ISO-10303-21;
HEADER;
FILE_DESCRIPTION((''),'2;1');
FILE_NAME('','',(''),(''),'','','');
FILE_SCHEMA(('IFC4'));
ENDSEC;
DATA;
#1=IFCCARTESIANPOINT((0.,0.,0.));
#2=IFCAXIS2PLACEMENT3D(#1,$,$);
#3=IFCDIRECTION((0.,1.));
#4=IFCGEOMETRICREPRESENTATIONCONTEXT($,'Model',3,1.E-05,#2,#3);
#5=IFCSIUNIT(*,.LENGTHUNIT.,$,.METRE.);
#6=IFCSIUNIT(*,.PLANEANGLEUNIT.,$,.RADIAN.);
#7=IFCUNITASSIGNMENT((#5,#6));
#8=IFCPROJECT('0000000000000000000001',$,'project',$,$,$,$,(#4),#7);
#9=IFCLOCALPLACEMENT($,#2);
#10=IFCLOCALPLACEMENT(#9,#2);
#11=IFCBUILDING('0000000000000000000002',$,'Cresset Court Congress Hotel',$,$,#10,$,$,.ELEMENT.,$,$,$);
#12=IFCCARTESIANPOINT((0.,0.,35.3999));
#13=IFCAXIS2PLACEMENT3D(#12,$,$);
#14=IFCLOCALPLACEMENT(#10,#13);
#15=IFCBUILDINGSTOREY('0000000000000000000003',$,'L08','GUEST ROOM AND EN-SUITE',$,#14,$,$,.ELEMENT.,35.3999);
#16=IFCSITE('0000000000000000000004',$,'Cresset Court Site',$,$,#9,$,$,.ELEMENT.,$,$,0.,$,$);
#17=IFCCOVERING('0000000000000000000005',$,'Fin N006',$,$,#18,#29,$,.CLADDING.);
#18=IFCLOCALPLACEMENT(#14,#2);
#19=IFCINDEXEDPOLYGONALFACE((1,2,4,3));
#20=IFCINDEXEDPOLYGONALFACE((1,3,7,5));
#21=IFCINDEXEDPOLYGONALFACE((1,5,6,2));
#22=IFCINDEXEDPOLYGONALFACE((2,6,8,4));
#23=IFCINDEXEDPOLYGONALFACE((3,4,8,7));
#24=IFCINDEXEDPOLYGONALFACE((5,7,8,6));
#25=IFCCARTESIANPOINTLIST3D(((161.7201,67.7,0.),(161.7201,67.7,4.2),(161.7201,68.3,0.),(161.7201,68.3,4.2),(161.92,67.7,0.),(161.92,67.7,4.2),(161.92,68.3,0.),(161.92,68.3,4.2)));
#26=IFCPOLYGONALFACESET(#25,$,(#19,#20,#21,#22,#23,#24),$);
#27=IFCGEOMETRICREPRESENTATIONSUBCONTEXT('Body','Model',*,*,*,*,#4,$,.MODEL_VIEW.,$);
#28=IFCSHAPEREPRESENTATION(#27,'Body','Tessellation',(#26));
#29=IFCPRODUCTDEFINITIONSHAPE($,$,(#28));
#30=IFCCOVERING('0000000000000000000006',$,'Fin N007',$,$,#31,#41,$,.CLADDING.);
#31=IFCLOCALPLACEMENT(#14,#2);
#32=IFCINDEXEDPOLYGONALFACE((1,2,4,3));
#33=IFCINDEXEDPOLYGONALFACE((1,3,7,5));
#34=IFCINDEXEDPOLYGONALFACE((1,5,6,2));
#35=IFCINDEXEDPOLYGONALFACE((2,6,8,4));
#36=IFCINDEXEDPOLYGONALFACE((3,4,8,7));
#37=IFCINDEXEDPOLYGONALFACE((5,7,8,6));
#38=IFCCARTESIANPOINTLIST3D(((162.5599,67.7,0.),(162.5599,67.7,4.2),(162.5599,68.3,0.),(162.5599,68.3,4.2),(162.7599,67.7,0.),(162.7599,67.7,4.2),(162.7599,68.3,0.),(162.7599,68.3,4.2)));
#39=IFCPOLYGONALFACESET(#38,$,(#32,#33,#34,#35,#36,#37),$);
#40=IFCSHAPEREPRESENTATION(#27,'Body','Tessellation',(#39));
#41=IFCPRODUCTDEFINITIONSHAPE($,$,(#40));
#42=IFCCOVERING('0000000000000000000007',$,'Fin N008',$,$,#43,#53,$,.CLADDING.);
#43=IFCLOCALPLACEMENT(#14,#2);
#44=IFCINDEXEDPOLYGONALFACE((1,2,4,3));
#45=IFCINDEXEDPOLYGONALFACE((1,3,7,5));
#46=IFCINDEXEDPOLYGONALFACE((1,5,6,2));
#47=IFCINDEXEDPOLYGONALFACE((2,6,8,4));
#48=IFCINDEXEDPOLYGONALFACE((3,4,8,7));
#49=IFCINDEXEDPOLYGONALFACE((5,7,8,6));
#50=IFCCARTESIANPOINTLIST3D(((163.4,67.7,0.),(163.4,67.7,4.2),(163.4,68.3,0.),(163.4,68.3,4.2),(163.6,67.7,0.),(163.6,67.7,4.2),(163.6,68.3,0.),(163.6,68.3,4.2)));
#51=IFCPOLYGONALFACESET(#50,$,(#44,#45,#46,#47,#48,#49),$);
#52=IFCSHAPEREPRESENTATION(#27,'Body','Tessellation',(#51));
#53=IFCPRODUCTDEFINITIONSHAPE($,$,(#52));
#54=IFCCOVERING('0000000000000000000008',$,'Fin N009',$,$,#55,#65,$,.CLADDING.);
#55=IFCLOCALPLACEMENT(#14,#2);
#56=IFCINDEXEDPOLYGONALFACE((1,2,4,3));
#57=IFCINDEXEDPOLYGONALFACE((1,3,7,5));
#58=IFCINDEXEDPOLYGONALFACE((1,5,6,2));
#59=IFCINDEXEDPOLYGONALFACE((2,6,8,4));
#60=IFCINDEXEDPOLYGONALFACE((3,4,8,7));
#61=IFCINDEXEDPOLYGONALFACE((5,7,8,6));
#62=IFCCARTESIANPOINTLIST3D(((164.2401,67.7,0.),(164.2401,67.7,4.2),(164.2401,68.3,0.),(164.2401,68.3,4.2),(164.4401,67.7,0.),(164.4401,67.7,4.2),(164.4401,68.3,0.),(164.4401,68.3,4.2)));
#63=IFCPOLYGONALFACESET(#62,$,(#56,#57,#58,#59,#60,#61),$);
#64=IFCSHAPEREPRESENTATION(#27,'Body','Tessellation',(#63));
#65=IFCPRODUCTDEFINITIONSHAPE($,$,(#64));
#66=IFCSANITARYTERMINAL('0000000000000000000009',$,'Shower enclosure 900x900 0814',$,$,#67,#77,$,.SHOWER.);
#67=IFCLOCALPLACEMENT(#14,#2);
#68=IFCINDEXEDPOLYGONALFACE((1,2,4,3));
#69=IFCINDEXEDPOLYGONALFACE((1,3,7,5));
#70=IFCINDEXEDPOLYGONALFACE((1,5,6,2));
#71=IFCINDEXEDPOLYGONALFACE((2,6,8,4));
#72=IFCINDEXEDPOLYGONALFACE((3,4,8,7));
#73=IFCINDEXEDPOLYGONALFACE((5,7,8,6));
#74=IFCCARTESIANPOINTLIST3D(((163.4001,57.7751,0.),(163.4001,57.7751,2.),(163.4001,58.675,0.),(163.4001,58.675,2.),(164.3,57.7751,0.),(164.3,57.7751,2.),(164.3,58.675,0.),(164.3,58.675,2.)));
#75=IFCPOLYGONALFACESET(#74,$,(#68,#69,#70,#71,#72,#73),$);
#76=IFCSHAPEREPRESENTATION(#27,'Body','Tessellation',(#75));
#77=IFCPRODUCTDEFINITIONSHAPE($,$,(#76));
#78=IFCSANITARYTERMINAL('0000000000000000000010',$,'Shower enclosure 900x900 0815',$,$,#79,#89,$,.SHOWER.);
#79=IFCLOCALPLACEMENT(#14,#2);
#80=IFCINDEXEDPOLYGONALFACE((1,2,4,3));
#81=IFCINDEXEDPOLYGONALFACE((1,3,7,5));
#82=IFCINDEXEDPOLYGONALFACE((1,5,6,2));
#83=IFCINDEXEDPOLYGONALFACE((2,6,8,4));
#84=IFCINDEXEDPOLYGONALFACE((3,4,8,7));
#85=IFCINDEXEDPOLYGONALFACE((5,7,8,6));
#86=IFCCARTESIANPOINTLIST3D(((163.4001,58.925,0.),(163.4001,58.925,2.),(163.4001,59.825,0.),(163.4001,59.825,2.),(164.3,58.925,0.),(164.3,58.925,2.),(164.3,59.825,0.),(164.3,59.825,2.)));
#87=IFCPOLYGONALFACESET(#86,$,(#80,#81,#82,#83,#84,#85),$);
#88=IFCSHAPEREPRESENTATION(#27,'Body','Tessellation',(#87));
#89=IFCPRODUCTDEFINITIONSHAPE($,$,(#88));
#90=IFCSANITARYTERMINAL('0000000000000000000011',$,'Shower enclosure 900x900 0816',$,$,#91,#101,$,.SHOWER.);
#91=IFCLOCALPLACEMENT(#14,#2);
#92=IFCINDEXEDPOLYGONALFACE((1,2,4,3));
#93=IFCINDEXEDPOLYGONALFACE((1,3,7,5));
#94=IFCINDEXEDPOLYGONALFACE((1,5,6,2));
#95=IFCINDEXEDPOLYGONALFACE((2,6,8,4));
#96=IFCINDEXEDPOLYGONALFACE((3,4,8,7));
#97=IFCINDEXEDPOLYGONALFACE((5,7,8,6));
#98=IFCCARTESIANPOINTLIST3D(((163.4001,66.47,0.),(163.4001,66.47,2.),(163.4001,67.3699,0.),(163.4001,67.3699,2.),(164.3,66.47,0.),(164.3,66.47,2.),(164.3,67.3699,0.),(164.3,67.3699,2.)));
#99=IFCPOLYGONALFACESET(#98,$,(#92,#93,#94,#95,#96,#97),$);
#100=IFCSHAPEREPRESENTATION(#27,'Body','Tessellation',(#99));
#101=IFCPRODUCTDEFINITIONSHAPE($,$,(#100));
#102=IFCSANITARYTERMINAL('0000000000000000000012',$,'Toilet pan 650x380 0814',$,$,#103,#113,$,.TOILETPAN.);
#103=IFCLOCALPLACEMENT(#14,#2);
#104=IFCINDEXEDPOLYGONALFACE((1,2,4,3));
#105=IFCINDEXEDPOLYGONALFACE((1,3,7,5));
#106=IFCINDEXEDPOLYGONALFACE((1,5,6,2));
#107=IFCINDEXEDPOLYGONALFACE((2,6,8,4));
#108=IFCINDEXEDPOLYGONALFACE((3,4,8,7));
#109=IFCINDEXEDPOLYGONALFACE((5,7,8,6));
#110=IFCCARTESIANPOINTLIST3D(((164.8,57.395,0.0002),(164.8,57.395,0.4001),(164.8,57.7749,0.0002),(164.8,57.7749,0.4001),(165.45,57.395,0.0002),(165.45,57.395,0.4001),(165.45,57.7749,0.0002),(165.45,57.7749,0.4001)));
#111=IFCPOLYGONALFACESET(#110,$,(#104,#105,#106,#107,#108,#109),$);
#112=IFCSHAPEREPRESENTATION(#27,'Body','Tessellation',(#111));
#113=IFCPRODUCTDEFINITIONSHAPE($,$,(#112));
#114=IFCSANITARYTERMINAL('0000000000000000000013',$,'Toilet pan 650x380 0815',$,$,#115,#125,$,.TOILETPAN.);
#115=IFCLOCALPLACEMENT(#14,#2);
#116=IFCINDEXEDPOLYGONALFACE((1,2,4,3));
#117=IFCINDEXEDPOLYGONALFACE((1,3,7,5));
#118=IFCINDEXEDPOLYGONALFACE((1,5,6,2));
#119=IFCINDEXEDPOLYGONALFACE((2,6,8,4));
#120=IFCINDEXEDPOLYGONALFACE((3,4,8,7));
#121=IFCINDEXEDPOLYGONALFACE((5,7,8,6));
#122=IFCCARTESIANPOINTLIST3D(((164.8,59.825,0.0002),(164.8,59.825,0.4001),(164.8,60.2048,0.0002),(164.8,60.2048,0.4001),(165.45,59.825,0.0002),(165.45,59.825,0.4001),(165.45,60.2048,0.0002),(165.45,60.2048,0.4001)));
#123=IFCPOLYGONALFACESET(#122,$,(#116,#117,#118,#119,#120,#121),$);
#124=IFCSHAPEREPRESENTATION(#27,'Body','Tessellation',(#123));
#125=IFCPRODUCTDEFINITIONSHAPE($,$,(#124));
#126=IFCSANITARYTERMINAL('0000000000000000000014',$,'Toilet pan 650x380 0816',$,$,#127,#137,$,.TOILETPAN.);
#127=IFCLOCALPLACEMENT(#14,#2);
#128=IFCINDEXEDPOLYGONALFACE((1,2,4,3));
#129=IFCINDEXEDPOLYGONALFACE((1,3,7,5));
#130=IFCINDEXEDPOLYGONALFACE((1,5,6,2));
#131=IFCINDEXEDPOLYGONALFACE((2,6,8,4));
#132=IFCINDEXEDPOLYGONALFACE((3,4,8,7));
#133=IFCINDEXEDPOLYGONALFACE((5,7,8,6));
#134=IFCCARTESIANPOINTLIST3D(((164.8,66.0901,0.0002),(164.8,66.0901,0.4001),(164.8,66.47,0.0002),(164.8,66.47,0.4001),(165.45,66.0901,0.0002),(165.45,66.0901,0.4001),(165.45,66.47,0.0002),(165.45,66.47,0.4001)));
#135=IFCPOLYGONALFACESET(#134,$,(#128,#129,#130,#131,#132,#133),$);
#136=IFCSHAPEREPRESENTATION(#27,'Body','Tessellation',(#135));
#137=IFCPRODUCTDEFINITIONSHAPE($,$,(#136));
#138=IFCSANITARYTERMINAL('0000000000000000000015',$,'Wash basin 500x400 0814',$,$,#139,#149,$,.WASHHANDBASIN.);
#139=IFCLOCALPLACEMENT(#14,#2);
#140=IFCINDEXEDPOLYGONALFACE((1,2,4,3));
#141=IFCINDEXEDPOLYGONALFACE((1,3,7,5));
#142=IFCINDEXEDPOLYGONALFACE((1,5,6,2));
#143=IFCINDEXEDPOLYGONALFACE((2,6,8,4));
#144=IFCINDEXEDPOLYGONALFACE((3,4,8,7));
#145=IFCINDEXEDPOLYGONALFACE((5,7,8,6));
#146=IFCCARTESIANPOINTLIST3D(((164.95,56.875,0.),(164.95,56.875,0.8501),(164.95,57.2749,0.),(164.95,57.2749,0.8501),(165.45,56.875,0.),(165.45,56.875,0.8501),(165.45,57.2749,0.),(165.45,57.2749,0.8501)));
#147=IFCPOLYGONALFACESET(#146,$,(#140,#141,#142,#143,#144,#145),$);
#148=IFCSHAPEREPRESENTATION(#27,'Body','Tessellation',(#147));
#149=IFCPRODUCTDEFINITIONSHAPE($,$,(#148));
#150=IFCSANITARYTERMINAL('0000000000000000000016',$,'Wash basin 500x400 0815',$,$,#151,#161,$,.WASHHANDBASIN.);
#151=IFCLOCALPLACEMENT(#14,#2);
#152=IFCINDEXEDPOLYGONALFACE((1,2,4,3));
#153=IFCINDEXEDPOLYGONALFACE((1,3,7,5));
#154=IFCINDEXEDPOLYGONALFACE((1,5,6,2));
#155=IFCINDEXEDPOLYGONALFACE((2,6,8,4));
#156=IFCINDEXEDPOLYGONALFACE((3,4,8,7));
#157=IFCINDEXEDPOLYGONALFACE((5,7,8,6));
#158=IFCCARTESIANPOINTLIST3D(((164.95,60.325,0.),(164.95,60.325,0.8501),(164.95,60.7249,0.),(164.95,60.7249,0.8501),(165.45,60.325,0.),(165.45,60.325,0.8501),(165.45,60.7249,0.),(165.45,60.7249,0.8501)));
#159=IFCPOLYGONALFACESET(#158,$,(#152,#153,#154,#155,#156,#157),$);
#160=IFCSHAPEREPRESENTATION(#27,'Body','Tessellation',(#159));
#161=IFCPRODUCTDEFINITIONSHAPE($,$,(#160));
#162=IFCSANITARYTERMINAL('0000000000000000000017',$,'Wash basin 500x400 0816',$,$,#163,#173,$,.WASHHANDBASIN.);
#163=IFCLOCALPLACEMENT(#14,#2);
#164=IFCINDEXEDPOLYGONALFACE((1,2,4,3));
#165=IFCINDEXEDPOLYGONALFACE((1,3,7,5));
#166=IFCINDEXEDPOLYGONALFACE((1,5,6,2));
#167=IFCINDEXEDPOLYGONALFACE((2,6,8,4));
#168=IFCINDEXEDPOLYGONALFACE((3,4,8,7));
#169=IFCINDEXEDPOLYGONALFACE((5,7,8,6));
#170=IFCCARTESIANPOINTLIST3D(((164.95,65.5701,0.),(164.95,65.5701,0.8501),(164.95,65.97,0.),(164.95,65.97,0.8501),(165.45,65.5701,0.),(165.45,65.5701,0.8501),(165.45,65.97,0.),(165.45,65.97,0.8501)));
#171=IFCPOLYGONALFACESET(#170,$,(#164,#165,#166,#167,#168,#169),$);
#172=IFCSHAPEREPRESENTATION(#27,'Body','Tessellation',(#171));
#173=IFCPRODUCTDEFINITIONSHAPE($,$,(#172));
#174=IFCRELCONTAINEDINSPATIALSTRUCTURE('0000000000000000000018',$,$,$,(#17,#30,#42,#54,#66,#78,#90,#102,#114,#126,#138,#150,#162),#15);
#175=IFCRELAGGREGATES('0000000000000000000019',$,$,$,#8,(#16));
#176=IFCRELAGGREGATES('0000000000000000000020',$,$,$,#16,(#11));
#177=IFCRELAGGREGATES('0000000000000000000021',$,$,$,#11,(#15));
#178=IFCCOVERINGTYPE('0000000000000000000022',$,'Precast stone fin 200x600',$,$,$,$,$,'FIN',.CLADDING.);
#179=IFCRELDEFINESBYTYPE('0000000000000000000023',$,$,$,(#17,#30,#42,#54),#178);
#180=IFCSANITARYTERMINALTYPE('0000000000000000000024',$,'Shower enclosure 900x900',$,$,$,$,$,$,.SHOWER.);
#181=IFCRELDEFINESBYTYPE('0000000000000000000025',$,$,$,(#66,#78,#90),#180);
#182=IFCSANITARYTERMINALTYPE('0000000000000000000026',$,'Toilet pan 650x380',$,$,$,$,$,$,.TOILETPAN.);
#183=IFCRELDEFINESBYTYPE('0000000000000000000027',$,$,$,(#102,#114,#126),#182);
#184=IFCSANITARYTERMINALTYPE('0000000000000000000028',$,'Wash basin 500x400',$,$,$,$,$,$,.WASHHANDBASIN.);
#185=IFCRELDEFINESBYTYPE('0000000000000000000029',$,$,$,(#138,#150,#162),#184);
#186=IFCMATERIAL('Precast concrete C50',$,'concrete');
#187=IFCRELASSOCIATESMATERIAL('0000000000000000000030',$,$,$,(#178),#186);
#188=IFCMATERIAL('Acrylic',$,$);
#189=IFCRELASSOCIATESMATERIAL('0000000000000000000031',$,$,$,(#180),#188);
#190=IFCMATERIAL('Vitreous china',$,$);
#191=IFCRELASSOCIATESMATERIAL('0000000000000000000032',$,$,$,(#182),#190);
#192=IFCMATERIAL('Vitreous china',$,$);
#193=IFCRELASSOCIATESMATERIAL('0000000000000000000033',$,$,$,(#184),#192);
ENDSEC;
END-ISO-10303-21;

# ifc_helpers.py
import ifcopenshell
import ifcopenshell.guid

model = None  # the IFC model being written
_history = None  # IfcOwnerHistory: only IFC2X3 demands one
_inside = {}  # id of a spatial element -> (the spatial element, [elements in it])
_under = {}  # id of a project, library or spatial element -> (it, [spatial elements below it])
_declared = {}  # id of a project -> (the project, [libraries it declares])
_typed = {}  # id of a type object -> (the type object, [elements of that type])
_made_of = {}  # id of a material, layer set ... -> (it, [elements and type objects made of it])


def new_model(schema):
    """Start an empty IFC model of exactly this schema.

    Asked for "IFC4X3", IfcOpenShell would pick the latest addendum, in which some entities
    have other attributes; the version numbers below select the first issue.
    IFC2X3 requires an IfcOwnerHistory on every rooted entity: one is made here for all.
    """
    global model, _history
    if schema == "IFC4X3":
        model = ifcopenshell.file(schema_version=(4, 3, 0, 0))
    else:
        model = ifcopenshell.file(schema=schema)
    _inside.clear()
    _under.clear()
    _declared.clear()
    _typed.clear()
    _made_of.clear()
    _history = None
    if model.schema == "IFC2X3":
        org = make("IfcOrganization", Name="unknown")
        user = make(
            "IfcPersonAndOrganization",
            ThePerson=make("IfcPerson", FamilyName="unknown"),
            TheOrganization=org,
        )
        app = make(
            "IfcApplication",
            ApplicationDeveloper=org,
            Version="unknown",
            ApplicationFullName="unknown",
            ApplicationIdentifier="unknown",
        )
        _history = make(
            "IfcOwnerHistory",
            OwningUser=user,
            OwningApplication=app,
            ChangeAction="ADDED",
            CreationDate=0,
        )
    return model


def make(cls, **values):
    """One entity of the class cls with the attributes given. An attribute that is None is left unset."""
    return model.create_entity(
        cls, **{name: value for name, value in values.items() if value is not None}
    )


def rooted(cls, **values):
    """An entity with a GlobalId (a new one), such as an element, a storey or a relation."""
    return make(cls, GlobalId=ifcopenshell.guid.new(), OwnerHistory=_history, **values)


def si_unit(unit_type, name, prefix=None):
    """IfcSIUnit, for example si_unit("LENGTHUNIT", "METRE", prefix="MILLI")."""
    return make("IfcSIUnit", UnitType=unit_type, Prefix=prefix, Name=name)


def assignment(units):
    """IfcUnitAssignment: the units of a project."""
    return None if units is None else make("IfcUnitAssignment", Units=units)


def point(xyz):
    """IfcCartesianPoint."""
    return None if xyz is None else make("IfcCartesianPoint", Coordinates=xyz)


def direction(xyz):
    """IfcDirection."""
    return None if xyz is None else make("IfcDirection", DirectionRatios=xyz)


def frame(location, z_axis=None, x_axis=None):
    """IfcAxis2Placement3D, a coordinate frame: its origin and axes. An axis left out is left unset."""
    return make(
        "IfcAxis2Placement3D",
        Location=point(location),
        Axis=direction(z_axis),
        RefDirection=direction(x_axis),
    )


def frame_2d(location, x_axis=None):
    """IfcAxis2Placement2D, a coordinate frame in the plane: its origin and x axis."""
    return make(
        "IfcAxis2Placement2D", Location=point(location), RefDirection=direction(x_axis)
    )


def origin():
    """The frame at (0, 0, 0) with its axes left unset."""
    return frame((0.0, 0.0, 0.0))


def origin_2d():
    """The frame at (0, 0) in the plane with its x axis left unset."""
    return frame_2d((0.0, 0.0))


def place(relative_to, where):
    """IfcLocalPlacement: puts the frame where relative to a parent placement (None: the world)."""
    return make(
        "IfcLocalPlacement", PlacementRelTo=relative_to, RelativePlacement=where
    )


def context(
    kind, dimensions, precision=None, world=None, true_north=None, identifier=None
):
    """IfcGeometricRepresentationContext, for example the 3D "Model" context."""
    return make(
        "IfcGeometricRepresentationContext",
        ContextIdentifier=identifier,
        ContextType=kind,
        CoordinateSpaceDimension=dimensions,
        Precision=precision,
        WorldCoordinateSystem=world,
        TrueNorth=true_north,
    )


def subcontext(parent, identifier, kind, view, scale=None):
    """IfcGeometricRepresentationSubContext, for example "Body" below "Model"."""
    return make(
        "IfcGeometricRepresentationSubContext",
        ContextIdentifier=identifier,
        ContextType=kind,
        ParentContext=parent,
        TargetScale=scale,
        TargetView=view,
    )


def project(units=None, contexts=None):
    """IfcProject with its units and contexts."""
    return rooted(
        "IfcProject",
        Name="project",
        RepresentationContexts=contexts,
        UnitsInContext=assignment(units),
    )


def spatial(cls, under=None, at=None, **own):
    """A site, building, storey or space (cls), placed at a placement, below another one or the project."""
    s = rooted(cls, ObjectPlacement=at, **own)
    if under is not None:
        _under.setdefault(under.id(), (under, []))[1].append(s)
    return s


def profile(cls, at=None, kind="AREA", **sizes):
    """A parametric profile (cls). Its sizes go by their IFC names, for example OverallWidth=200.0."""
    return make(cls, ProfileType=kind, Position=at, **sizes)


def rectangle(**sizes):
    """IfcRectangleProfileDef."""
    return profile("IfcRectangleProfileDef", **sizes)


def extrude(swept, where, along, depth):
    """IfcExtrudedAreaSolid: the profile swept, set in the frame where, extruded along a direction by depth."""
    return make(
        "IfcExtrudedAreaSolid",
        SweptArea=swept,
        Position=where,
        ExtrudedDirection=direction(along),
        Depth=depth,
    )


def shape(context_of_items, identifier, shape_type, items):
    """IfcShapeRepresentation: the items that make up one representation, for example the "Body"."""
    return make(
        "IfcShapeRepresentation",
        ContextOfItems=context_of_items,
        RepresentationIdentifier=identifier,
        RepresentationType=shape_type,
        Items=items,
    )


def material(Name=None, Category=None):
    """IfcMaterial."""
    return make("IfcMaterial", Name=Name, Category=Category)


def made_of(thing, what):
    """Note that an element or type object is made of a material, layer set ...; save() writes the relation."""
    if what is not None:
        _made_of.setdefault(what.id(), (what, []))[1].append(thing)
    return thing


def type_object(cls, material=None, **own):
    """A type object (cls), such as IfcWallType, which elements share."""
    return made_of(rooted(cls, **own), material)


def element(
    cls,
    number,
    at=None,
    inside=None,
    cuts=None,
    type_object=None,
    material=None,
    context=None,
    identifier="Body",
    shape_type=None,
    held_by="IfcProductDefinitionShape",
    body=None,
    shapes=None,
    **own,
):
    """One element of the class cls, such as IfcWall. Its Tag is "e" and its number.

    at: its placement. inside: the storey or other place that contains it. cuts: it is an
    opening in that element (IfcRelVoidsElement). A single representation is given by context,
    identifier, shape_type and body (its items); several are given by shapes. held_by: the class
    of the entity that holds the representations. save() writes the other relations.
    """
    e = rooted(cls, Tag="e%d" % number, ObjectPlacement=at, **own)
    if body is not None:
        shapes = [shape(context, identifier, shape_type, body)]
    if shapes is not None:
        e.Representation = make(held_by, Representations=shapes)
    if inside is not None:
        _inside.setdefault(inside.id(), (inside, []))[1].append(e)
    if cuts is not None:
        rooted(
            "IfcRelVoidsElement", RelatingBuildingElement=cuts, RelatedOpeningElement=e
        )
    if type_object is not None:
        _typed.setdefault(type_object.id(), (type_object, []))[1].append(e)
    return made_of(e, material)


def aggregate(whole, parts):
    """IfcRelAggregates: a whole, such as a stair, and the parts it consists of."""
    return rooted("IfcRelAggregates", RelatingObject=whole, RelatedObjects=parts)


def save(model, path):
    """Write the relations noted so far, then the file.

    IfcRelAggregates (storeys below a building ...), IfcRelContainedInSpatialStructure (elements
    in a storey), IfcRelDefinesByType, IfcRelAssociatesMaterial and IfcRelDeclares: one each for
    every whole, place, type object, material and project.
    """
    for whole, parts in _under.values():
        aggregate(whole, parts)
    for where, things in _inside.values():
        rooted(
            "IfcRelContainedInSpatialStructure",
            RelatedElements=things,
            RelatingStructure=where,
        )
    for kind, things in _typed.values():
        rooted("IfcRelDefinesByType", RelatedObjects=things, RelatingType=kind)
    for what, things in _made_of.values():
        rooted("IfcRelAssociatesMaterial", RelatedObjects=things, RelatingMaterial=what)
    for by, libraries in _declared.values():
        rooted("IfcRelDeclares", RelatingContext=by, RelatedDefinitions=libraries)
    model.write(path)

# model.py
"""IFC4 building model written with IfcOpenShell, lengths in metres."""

from ifc_helpers import new_model, si_unit, direction, frame, origin, origin_2d, place, context, subcontext, project, spatial, rectangle, extrude, material, type_object, element, save


model = new_model("IFC4")

# Units and contexts
model_context = context("Model", 3, precision=1e-05, world=origin(), true_north=direction((0.0, 1.0)))
body_context = subcontext(model_context, "Body", "Model", "MODEL_VIEW")
ifc_project = project(units=[si_unit("LENGTHUNIT", "METRE"), si_unit("PLANEANGLEUNIT", "RADIAN")], contexts=[model_context])

# Site, building, storey
site_placement = place(None, origin())
site = spatial("IfcSite", under=ifc_project, at=site_placement, Name="Cresset Court Site", CompositionType="ELEMENT", RefElevation=0.0)
building_placement = place(site_placement, origin())
building = spatial("IfcBuilding", under=site, at=building_placement, Name="Cresset Court Congress Hotel", CompositionType="ELEMENT")
storey_placement = place(building_placement, frame((0.0, 0.0, 35.3999)))
storey = spatial("IfcBuildingStorey", under=building, at=storey_placement, Name="L08", Description="GUEST ROOM AND EN-SUITE", CompositionType="ELEMENT", Elevation=35.3999)

# Coverings
ifc_material_1 = material(Name="Precast concrete C50", Category="concrete")
covering_type = type_object("IfcCoveringType", Name="Precast stone fin 200x600", ElementType="FIN", PredefinedType="CLADDING", material=ifc_material_1)
for number, where, z_axis, x_axis, name in (
    (1, (161.8201, 68.0, 0.0), (0.0, 0.0, 1.0), (1.0, 0.0, 0.0), "Fin N006"),
    (2, (162.6599, 68.0, 0.0), (0.0, 0.0, 1.0), (1.0, 0.0, 0.0), "Fin N007"),
    (3, (163.5, 68.0, 0.0), (0.0, 0.0, 1.0), (1.0, 0.0, 0.0), "Fin N008"),
    (4, (164.3401, 68.0, 0.0), (0.0, 0.0, 1.0), (1.0, 0.0, 0.0), "Fin N009"),
):
    element("IfcCovering", number, at=place(storey_placement, frame(where, z_axis=z_axis, x_axis=x_axis)), inside=storey, type_object=covering_type, Name=name, PredefinedType="CLADDING", context=body_context, shape_type="SweptSolid", body=[
        extrude(rectangle(XDim=0.2, YDim=0.6001, at=origin_2d()), origin(), (0.0, 0.0, 1.0), 4.2),
    ])

# Sanitary terminals
ifc_material_2 = material(Name="Acrylic")
sanitary_terminal_type_1 = type_object("IfcSanitaryTerminalType", Name="Shower enclosure 900x900", PredefinedType="SHOWER", material=ifc_material_2)
for number, where, z_axis, x_axis, name in (
    (5, (163.8501, 58.2251, 0.0), (0.0, 0.0, 1.0), (1.0, 0.0, 0.0), "Shower enclosure 900x900 0814"),
    (6, (163.8501, 59.375, 0.0), (0.0, 0.0, 1.0), (1.0, 0.0, 0.0), "Shower enclosure 900x900 0815"),
    (7, (163.8501, 66.9199, 0.0), (0.0, 0.0, 1.0), (1.0, 0.0, 0.0), "Shower enclosure 900x900 0816"),
):
    element("IfcSanitaryTerminal", number, at=place(storey_placement, frame(where, z_axis=z_axis, x_axis=x_axis)), inside=storey, type_object=sanitary_terminal_type_1, Name=name, PredefinedType="SHOWER", context=body_context, shape_type="SweptSolid", body=[
        extrude(rectangle(XDim=0.8999, YDim=0.8999, at=origin_2d()), origin(), (0.0, 0.0, 1.0), 2.0),
    ])
ifc_material_3 = material(Name="Vitreous china")
sanitary_terminal_type_2 = type_object("IfcSanitaryTerminalType", Name="Toilet pan 650x380", PredefinedType="TOILETPAN", material=ifc_material_3)
for number, where, z_axis, x_axis, name in (
    (8, (165.125, 57.585, 0.0002), (0.0, 0.0, 1.0), (1.0, 0.0, 0.0), "Toilet pan 650x380 0814"),
    (9, (165.125, 60.0149, 0.0002), (0.0, 0.0, 1.0), (1.0, 0.0, 0.0), "Toilet pan 650x380 0815"),
    (10, (165.125, 66.28, 0.0002), (0.0, 0.0, 1.0), (1.0, 0.0, 0.0), "Toilet pan 650x380 0816"),
):
    element("IfcSanitaryTerminal", number, at=place(storey_placement, frame(where, z_axis=z_axis, x_axis=x_axis)), inside=storey, type_object=sanitary_terminal_type_2, Name=name, PredefinedType="TOILETPAN", context=body_context, shape_type="SweptSolid", body=[
        extrude(rectangle(XDim=0.6499, YDim=0.3799, at=origin_2d()), origin(), (0.0, 0.0, 1.0), 0.3999),
    ])
ifc_material_4 = material(Name="Vitreous china")
sanitary_terminal_type_3 = type_object("IfcSanitaryTerminalType", Name="Wash basin 500x400", PredefinedType="WASHHANDBASIN", material=ifc_material_4)
for number, where, z_axis, x_axis, name in (
    (11, (165.2, 57.075, 0.0), (0.0, 0.0, 1.0), (1.0, 0.0, 0.0), "Wash basin 500x400 0814"),
    (12, (165.2, 60.5249, 0.0), (0.0, 0.0, 1.0), (1.0, 0.0, 0.0), "Wash basin 500x400 0815"),
    (13, (165.2, 65.77, 0.0), (0.0, 0.0, 1.0), (1.0, 0.0, 0.0), "Wash basin 500x400 0816"),
):
    element("IfcSanitaryTerminal", number, at=place(storey_placement, frame(where, z_axis=z_axis, x_axis=x_axis)), inside=storey, type_object=sanitary_terminal_type_3, Name=name, PredefinedType="WASHHANDBASIN", context=body_context, shape_type="SweptSolid", body=[
        extrude(rectangle(XDim=0.5, YDim=0.3999, at=origin_2d()), origin(), (0.0, 0.0, 1.0), 0.8501),
    ])

save(model, "model.ifc")
